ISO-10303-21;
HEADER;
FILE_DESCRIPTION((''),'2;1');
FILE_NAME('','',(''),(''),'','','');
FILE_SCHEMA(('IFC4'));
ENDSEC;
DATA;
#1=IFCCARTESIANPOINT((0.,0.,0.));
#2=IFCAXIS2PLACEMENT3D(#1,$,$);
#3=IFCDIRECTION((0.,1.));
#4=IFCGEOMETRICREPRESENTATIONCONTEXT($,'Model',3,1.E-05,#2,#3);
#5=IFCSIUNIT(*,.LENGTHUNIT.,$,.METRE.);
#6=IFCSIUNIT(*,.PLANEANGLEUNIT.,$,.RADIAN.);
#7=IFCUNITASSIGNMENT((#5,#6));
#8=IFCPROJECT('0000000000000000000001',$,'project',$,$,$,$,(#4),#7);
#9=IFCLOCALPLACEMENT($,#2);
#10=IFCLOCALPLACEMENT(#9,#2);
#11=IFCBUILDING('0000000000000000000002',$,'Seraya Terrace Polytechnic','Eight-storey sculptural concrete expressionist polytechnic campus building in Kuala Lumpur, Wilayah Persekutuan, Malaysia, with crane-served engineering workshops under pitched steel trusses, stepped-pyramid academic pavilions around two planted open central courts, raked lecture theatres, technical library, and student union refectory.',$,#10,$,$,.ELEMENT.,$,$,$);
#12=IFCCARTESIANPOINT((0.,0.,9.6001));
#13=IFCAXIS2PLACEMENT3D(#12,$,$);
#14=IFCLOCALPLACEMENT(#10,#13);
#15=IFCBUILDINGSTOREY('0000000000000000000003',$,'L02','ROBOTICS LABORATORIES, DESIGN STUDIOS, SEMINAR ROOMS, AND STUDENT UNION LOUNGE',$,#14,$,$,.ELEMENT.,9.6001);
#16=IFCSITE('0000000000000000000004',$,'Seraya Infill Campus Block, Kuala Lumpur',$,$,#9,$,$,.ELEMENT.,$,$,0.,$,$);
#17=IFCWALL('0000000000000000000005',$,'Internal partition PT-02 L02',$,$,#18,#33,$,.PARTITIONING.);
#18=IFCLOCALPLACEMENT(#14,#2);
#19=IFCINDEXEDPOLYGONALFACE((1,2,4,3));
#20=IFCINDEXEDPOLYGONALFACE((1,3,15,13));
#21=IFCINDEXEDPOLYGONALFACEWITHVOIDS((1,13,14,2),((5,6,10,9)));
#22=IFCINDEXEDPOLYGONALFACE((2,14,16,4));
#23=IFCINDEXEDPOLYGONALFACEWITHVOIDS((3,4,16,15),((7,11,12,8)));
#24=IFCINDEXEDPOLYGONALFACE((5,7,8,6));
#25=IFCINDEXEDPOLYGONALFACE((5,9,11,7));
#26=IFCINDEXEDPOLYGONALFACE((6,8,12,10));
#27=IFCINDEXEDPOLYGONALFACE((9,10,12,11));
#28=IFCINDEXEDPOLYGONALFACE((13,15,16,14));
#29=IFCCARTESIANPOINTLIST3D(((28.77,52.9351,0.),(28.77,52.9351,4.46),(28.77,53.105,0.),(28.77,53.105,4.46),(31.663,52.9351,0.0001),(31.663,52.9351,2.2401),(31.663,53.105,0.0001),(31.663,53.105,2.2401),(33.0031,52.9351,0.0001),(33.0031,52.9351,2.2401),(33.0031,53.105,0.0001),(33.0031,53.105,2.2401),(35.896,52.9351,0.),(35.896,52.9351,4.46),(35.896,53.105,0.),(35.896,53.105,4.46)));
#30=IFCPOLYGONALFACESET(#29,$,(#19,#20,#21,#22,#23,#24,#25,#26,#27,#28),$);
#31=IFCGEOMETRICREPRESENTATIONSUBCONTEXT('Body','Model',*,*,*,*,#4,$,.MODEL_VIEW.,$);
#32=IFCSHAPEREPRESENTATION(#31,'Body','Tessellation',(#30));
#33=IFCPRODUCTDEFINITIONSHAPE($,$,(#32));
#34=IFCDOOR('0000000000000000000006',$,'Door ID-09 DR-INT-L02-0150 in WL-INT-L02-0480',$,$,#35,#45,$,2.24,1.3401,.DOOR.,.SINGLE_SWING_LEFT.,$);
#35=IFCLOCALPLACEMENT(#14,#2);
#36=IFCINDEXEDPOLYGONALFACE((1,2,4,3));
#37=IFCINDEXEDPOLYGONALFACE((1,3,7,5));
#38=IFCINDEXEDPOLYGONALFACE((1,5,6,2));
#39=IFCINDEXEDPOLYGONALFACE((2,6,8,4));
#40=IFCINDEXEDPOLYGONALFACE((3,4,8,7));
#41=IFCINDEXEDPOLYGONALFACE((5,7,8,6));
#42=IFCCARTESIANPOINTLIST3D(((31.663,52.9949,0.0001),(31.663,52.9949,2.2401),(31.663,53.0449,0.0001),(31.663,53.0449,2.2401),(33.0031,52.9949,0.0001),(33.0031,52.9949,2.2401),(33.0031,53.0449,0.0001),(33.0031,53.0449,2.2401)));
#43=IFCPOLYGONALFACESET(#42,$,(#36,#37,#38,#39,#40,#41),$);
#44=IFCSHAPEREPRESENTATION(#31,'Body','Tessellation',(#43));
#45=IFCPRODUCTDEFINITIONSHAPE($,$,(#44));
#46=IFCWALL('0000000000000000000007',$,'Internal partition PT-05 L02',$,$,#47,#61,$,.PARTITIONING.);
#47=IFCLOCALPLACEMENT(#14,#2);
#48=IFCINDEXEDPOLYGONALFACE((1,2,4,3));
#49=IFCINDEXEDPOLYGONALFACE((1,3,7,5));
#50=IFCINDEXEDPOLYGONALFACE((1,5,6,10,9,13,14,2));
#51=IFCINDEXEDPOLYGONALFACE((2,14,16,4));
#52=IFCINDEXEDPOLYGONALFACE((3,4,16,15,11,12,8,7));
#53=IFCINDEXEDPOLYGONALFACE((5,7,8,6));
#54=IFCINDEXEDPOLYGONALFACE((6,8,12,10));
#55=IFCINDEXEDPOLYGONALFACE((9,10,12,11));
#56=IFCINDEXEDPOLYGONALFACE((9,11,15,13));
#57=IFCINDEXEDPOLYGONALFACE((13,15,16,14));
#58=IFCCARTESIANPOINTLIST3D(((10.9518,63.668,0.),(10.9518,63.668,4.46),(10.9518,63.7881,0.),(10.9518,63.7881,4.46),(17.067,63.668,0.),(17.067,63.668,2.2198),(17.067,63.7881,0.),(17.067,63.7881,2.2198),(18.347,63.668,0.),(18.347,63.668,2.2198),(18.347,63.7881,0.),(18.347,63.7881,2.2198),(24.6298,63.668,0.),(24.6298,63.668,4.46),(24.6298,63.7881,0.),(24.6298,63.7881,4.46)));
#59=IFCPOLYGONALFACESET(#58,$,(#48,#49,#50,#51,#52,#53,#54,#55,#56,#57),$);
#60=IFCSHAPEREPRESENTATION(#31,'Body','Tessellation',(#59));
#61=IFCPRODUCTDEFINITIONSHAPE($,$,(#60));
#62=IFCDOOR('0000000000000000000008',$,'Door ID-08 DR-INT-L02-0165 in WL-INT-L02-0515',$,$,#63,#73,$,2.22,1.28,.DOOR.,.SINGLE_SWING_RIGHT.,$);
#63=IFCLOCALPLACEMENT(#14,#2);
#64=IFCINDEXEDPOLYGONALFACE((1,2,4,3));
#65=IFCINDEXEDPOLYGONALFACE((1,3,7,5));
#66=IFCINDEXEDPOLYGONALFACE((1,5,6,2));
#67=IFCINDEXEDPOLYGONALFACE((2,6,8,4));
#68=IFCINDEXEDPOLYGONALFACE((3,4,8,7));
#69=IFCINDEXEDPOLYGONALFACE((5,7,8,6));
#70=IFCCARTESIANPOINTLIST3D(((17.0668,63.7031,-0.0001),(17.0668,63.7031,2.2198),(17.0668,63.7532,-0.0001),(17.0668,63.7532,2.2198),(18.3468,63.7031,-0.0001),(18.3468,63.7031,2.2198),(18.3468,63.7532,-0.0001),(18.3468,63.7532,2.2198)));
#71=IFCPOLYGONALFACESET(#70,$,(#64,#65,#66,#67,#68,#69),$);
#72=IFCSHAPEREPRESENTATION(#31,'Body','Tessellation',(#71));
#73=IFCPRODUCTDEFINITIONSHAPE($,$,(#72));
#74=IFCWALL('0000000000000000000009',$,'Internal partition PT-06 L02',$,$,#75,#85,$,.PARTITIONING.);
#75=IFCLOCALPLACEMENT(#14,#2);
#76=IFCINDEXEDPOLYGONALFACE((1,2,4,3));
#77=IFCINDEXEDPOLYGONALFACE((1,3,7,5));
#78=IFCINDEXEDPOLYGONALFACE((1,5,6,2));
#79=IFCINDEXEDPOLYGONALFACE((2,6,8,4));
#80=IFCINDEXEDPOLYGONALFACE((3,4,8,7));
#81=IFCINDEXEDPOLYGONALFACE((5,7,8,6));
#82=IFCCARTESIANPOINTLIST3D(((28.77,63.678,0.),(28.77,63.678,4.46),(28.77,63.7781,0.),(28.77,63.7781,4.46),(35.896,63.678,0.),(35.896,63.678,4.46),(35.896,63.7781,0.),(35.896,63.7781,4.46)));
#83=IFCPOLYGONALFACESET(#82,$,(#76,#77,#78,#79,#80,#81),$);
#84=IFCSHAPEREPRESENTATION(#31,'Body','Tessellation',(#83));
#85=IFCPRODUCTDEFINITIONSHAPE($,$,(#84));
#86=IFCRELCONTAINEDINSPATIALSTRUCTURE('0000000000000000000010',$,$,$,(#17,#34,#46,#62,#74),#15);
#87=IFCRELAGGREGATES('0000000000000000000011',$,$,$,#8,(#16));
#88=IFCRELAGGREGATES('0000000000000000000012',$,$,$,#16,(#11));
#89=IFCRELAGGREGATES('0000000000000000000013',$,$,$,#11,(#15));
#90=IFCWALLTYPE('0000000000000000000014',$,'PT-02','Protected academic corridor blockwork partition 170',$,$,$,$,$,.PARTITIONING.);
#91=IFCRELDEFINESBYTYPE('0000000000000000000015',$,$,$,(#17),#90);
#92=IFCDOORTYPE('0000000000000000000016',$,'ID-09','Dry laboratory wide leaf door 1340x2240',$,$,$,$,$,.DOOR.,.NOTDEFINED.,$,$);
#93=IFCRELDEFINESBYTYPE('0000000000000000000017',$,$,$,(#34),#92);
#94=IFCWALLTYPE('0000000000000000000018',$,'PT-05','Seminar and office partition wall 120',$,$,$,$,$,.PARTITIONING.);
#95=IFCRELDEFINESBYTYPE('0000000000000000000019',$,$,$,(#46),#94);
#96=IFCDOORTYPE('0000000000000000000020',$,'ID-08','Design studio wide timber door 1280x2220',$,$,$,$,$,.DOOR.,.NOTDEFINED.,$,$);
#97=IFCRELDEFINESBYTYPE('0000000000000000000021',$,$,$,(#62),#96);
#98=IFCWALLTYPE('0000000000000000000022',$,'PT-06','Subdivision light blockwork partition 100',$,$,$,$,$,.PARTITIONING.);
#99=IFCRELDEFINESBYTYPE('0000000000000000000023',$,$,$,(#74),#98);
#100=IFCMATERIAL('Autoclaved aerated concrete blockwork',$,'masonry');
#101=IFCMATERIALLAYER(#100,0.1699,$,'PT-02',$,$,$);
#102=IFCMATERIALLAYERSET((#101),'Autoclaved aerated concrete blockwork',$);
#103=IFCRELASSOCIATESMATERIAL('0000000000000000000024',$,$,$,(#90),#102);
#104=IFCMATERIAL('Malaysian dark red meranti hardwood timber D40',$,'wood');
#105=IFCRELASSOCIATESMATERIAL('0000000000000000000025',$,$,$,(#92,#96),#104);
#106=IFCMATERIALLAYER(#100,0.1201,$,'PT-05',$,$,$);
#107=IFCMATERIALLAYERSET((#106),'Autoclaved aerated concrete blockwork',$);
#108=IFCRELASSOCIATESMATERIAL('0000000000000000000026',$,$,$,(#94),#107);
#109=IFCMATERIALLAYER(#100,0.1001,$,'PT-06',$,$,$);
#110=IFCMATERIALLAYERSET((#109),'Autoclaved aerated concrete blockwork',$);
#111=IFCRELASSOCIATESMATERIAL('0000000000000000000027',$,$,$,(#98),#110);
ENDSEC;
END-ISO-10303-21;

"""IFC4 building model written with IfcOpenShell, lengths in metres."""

from ifc_helpers import new_model, si_unit, direction, frame, frame_2d, origin, place, context, subcontext, project, spatial, rectangle, extrude, material, layer, layer_set, type_object, element, fill, save


model = new_model("IFC4")

# Units and contexts
model_context = context("Model", 3, precision=1e-05, world=origin(), true_north=direction((0.0, 1.0)))
body_context = subcontext(model_context, "Body", "Model", "MODEL_VIEW")
ifc_project = project(units=[si_unit("LENGTHUNIT", "METRE"), si_unit("PLANEANGLEUNIT", "RADIAN")], contexts=[model_context])

# Site, building, storey
site_placement = place(None, origin())
site = spatial("IfcSite", under=ifc_project, at=site_placement, Name="Seraya Infill Campus Block, Kuala Lumpur", CompositionType="ELEMENT", RefElevation=0.0)
building_placement = place(site_placement, origin())
building = spatial("IfcBuilding", under=site, at=building_placement, Name="Seraya Terrace Polytechnic", Description="Eight-storey sculptural concrete expressionist polytechnic campus building in Kuala Lumpur, Wilayah Persekutuan, Malaysia, with crane-served engineering workshops under pitched steel trusses, stepped-pyramid academic pavilions around two planted open central courts, raked lecture theatres, technical library, and student union refectory.", CompositionType="ELEMENT")
storey_placement = place(building_placement, frame((0.0, 0.0, 9.6001)))
storey = spatial("IfcBuildingStorey", under=building, at=storey_placement, Name="L02", Description="ROBOTICS LABORATORIES, DESIGN STUDIOS, SEMINAR ROOMS, AND STUDENT UNION LOUNGE", CompositionType="ELEMENT", Elevation=9.6001)

# Shared definitions
ifc_material_1 = material(Name="Autoclaved aerated concrete blockwork", Category="masonry")
ifc_layer_1 = layer(ifc_material_1, 0.1699, Name="PT-02")
ifc_layer_set_1 = layer_set([ifc_layer_1], Name="Autoclaved aerated concrete blockwork")
wall_type_1 = type_object("IfcWallType", Name="PT-02", Description="Protected academic corridor blockwork partition 170", PredefinedType="PARTITIONING", material=ifc_layer_set_1)

# Walls, openings, doors
wall_1_placement = place(storey_placement, frame((28.77, 53.02, 0.0), z_axis=(0.0, 0.0, 1.0), x_axis=(1.0, 0.0, 0.0)))
wall_1 = element("IfcWall", 1, at=wall_1_placement, inside=storey, type_object=wall_type_1, Name="Internal partition PT-02 L02", PredefinedType="PARTITIONING", context=body_context, shape_type="SweptSolid", body=[
    extrude(rectangle(XDim=7.126, YDim=0.1699, at=frame_2d((3.563, 0.0))), origin(), (0.0, 0.0, 1.0), 4.46),
])
opening_1_placement = place(wall_1_placement, frame((2.8931, 0.0, 0.0)))
opening_1 = element("IfcOpeningElement", 2, at=opening_1_placement, cuts=wall_1, PredefinedType="OPENING", context=body_context, shape_type="SweptSolid", body=[
    extrude(rectangle(XDim=1.3401, YDim=2.24, at=frame_2d((0.6699, 1.1201))), frame((0.0, 0.0969, 0.0), z_axis=(0.0, -1.0, 0.0), x_axis=(1.0, 0.0, 0.0)), (0.0, 0.0, 1.0), 0.1938),
])
ifc_material_2 = material(Name="Malaysian dark red meranti hardwood timber D40", Category="wood")
door_type_1 = type_object("IfcDoorType", Name="ID-09", Description="Dry laboratory wide leaf door 1340x2240", OperationType="NOTDEFINED", PredefinedType="DOOR", material=ifc_material_2)
door_1_placement = place(opening_1_placement, origin())
door_1 = element("IfcDoor", 3, at=door_1_placement, inside=storey, type_object=door_type_1, Name="Door ID-09 DR-INT-L02-0150 in WL-INT-L02-0480", OperationType="SINGLE_SWING_LEFT", OverallHeight=2.24, OverallWidth=1.3401, PredefinedType="DOOR", context=body_context, shape_type="SweptSolid", body=[
    extrude(rectangle(XDim=1.3401, YDim=2.24, at=frame_2d((0.6699, 1.1201))), frame((0.0, 0.0249, 0.0), z_axis=(0.0, -1.0, 0.0), x_axis=(1.0, 0.0, 0.0)), (0.0, 0.0, 1.0), 0.05),
])
fill(opening_1, door_1)
ifc_layer_2 = layer(ifc_material_1, 0.1201, Name="PT-05")
ifc_layer_set_2 = layer_set([ifc_layer_2], Name="Autoclaved aerated concrete blockwork")
wall_type_2 = type_object("IfcWallType", Name="PT-05", Description="Seminar and office partition wall 120", PredefinedType="PARTITIONING", material=ifc_layer_set_2)
wall_2_placement = place(storey_placement, frame((10.9519, 63.728, 0.0), z_axis=(0.0, 0.0, 1.0), x_axis=(1.0, 0.0, 0.0)))
wall_2 = element("IfcWall", 4, at=wall_2_placement, inside=storey, type_object=wall_type_2, Name="Internal partition PT-05 L02", PredefinedType="PARTITIONING", context=body_context, shape_type="SweptSolid", body=[
    extrude(rectangle(XDim=13.678, YDim=0.1201, at=frame_2d((6.8389, 0.0))), origin(), (0.0, 0.0, 1.0), 4.46),
])
opening_2_placement = place(wall_2_placement, frame((6.115, 0.0, 0.0)))
opening_2 = element("IfcOpeningElement", 5, at=opening_2_placement, cuts=wall_2, PredefinedType="OPENING", context=body_context, shape_type="SweptSolid", body=[
    extrude(rectangle(XDim=1.28, YDim=2.22, at=frame_2d((0.6401, 1.1099))), frame((0.0, 0.072, 0.0), z_axis=(0.0, -1.0, 0.0), x_axis=(1.0, 0.0, 0.0)), (0.0, 0.0, 1.0), 0.144),
])
door_type_2 = type_object("IfcDoorType", Name="ID-08", Description="Design studio wide timber door 1280x2220", OperationType="NOTDEFINED", PredefinedType="DOOR", material=ifc_material_2)
door_2_placement = place(opening_2_placement, frame((1.28, 0.0, 0.0), z_axis=(0.0, 0.0, 1.0), x_axis=(-1.0, 0.0, 0.0)))
door_2 = element("IfcDoor", 6, at=door_2_placement, inside=storey, type_object=door_type_2, Name="Door ID-08 DR-INT-L02-0165 in WL-INT-L02-0515", OperationType="SINGLE_SWING_RIGHT", OverallHeight=2.22, OverallWidth=1.28, PredefinedType="DOOR", context=body_context, shape_type="SweptSolid", body=[
    extrude(rectangle(XDim=1.28, YDim=2.22, at=frame_2d((0.6401, 1.1099))), frame((0.0, 0.0249, 0.0), z_axis=(0.0, -1.0, 0.0), x_axis=(1.0, 0.0, 0.0)), (0.0, 0.0, 1.0), 0.05),
])
fill(opening_2, door_2)

# Wall
ifc_layer_3 = layer(ifc_material_1, 0.1001, Name="PT-06")
ifc_layer_set_3 = layer_set([ifc_layer_3], Name="Autoclaved aerated concrete blockwork")
wall_type_3 = type_object("IfcWallType", Name="PT-06", Description="Subdivision light blockwork partition 100", PredefinedType="PARTITIONING", material=ifc_layer_set_3)
wall_3_placement = place(storey_placement, frame((28.77, 63.728, 0.0), z_axis=(0.0, 0.0, 1.0), x_axis=(1.0, 0.0, 0.0)))
element("IfcWall", 7, at=wall_3_placement, inside=storey, type_object=wall_type_3, Name="Internal partition PT-06 L02", PredefinedType="PARTITIONING", context=body_context, shape_type="SweptSolid", body=[
    extrude(rectangle(XDim=7.126, YDim=0.1001, at=frame_2d((3.563, 0.0))), origin(), (0.0, 0.0, 1.0), 4.46),
])

save(model, "model.ifc")
